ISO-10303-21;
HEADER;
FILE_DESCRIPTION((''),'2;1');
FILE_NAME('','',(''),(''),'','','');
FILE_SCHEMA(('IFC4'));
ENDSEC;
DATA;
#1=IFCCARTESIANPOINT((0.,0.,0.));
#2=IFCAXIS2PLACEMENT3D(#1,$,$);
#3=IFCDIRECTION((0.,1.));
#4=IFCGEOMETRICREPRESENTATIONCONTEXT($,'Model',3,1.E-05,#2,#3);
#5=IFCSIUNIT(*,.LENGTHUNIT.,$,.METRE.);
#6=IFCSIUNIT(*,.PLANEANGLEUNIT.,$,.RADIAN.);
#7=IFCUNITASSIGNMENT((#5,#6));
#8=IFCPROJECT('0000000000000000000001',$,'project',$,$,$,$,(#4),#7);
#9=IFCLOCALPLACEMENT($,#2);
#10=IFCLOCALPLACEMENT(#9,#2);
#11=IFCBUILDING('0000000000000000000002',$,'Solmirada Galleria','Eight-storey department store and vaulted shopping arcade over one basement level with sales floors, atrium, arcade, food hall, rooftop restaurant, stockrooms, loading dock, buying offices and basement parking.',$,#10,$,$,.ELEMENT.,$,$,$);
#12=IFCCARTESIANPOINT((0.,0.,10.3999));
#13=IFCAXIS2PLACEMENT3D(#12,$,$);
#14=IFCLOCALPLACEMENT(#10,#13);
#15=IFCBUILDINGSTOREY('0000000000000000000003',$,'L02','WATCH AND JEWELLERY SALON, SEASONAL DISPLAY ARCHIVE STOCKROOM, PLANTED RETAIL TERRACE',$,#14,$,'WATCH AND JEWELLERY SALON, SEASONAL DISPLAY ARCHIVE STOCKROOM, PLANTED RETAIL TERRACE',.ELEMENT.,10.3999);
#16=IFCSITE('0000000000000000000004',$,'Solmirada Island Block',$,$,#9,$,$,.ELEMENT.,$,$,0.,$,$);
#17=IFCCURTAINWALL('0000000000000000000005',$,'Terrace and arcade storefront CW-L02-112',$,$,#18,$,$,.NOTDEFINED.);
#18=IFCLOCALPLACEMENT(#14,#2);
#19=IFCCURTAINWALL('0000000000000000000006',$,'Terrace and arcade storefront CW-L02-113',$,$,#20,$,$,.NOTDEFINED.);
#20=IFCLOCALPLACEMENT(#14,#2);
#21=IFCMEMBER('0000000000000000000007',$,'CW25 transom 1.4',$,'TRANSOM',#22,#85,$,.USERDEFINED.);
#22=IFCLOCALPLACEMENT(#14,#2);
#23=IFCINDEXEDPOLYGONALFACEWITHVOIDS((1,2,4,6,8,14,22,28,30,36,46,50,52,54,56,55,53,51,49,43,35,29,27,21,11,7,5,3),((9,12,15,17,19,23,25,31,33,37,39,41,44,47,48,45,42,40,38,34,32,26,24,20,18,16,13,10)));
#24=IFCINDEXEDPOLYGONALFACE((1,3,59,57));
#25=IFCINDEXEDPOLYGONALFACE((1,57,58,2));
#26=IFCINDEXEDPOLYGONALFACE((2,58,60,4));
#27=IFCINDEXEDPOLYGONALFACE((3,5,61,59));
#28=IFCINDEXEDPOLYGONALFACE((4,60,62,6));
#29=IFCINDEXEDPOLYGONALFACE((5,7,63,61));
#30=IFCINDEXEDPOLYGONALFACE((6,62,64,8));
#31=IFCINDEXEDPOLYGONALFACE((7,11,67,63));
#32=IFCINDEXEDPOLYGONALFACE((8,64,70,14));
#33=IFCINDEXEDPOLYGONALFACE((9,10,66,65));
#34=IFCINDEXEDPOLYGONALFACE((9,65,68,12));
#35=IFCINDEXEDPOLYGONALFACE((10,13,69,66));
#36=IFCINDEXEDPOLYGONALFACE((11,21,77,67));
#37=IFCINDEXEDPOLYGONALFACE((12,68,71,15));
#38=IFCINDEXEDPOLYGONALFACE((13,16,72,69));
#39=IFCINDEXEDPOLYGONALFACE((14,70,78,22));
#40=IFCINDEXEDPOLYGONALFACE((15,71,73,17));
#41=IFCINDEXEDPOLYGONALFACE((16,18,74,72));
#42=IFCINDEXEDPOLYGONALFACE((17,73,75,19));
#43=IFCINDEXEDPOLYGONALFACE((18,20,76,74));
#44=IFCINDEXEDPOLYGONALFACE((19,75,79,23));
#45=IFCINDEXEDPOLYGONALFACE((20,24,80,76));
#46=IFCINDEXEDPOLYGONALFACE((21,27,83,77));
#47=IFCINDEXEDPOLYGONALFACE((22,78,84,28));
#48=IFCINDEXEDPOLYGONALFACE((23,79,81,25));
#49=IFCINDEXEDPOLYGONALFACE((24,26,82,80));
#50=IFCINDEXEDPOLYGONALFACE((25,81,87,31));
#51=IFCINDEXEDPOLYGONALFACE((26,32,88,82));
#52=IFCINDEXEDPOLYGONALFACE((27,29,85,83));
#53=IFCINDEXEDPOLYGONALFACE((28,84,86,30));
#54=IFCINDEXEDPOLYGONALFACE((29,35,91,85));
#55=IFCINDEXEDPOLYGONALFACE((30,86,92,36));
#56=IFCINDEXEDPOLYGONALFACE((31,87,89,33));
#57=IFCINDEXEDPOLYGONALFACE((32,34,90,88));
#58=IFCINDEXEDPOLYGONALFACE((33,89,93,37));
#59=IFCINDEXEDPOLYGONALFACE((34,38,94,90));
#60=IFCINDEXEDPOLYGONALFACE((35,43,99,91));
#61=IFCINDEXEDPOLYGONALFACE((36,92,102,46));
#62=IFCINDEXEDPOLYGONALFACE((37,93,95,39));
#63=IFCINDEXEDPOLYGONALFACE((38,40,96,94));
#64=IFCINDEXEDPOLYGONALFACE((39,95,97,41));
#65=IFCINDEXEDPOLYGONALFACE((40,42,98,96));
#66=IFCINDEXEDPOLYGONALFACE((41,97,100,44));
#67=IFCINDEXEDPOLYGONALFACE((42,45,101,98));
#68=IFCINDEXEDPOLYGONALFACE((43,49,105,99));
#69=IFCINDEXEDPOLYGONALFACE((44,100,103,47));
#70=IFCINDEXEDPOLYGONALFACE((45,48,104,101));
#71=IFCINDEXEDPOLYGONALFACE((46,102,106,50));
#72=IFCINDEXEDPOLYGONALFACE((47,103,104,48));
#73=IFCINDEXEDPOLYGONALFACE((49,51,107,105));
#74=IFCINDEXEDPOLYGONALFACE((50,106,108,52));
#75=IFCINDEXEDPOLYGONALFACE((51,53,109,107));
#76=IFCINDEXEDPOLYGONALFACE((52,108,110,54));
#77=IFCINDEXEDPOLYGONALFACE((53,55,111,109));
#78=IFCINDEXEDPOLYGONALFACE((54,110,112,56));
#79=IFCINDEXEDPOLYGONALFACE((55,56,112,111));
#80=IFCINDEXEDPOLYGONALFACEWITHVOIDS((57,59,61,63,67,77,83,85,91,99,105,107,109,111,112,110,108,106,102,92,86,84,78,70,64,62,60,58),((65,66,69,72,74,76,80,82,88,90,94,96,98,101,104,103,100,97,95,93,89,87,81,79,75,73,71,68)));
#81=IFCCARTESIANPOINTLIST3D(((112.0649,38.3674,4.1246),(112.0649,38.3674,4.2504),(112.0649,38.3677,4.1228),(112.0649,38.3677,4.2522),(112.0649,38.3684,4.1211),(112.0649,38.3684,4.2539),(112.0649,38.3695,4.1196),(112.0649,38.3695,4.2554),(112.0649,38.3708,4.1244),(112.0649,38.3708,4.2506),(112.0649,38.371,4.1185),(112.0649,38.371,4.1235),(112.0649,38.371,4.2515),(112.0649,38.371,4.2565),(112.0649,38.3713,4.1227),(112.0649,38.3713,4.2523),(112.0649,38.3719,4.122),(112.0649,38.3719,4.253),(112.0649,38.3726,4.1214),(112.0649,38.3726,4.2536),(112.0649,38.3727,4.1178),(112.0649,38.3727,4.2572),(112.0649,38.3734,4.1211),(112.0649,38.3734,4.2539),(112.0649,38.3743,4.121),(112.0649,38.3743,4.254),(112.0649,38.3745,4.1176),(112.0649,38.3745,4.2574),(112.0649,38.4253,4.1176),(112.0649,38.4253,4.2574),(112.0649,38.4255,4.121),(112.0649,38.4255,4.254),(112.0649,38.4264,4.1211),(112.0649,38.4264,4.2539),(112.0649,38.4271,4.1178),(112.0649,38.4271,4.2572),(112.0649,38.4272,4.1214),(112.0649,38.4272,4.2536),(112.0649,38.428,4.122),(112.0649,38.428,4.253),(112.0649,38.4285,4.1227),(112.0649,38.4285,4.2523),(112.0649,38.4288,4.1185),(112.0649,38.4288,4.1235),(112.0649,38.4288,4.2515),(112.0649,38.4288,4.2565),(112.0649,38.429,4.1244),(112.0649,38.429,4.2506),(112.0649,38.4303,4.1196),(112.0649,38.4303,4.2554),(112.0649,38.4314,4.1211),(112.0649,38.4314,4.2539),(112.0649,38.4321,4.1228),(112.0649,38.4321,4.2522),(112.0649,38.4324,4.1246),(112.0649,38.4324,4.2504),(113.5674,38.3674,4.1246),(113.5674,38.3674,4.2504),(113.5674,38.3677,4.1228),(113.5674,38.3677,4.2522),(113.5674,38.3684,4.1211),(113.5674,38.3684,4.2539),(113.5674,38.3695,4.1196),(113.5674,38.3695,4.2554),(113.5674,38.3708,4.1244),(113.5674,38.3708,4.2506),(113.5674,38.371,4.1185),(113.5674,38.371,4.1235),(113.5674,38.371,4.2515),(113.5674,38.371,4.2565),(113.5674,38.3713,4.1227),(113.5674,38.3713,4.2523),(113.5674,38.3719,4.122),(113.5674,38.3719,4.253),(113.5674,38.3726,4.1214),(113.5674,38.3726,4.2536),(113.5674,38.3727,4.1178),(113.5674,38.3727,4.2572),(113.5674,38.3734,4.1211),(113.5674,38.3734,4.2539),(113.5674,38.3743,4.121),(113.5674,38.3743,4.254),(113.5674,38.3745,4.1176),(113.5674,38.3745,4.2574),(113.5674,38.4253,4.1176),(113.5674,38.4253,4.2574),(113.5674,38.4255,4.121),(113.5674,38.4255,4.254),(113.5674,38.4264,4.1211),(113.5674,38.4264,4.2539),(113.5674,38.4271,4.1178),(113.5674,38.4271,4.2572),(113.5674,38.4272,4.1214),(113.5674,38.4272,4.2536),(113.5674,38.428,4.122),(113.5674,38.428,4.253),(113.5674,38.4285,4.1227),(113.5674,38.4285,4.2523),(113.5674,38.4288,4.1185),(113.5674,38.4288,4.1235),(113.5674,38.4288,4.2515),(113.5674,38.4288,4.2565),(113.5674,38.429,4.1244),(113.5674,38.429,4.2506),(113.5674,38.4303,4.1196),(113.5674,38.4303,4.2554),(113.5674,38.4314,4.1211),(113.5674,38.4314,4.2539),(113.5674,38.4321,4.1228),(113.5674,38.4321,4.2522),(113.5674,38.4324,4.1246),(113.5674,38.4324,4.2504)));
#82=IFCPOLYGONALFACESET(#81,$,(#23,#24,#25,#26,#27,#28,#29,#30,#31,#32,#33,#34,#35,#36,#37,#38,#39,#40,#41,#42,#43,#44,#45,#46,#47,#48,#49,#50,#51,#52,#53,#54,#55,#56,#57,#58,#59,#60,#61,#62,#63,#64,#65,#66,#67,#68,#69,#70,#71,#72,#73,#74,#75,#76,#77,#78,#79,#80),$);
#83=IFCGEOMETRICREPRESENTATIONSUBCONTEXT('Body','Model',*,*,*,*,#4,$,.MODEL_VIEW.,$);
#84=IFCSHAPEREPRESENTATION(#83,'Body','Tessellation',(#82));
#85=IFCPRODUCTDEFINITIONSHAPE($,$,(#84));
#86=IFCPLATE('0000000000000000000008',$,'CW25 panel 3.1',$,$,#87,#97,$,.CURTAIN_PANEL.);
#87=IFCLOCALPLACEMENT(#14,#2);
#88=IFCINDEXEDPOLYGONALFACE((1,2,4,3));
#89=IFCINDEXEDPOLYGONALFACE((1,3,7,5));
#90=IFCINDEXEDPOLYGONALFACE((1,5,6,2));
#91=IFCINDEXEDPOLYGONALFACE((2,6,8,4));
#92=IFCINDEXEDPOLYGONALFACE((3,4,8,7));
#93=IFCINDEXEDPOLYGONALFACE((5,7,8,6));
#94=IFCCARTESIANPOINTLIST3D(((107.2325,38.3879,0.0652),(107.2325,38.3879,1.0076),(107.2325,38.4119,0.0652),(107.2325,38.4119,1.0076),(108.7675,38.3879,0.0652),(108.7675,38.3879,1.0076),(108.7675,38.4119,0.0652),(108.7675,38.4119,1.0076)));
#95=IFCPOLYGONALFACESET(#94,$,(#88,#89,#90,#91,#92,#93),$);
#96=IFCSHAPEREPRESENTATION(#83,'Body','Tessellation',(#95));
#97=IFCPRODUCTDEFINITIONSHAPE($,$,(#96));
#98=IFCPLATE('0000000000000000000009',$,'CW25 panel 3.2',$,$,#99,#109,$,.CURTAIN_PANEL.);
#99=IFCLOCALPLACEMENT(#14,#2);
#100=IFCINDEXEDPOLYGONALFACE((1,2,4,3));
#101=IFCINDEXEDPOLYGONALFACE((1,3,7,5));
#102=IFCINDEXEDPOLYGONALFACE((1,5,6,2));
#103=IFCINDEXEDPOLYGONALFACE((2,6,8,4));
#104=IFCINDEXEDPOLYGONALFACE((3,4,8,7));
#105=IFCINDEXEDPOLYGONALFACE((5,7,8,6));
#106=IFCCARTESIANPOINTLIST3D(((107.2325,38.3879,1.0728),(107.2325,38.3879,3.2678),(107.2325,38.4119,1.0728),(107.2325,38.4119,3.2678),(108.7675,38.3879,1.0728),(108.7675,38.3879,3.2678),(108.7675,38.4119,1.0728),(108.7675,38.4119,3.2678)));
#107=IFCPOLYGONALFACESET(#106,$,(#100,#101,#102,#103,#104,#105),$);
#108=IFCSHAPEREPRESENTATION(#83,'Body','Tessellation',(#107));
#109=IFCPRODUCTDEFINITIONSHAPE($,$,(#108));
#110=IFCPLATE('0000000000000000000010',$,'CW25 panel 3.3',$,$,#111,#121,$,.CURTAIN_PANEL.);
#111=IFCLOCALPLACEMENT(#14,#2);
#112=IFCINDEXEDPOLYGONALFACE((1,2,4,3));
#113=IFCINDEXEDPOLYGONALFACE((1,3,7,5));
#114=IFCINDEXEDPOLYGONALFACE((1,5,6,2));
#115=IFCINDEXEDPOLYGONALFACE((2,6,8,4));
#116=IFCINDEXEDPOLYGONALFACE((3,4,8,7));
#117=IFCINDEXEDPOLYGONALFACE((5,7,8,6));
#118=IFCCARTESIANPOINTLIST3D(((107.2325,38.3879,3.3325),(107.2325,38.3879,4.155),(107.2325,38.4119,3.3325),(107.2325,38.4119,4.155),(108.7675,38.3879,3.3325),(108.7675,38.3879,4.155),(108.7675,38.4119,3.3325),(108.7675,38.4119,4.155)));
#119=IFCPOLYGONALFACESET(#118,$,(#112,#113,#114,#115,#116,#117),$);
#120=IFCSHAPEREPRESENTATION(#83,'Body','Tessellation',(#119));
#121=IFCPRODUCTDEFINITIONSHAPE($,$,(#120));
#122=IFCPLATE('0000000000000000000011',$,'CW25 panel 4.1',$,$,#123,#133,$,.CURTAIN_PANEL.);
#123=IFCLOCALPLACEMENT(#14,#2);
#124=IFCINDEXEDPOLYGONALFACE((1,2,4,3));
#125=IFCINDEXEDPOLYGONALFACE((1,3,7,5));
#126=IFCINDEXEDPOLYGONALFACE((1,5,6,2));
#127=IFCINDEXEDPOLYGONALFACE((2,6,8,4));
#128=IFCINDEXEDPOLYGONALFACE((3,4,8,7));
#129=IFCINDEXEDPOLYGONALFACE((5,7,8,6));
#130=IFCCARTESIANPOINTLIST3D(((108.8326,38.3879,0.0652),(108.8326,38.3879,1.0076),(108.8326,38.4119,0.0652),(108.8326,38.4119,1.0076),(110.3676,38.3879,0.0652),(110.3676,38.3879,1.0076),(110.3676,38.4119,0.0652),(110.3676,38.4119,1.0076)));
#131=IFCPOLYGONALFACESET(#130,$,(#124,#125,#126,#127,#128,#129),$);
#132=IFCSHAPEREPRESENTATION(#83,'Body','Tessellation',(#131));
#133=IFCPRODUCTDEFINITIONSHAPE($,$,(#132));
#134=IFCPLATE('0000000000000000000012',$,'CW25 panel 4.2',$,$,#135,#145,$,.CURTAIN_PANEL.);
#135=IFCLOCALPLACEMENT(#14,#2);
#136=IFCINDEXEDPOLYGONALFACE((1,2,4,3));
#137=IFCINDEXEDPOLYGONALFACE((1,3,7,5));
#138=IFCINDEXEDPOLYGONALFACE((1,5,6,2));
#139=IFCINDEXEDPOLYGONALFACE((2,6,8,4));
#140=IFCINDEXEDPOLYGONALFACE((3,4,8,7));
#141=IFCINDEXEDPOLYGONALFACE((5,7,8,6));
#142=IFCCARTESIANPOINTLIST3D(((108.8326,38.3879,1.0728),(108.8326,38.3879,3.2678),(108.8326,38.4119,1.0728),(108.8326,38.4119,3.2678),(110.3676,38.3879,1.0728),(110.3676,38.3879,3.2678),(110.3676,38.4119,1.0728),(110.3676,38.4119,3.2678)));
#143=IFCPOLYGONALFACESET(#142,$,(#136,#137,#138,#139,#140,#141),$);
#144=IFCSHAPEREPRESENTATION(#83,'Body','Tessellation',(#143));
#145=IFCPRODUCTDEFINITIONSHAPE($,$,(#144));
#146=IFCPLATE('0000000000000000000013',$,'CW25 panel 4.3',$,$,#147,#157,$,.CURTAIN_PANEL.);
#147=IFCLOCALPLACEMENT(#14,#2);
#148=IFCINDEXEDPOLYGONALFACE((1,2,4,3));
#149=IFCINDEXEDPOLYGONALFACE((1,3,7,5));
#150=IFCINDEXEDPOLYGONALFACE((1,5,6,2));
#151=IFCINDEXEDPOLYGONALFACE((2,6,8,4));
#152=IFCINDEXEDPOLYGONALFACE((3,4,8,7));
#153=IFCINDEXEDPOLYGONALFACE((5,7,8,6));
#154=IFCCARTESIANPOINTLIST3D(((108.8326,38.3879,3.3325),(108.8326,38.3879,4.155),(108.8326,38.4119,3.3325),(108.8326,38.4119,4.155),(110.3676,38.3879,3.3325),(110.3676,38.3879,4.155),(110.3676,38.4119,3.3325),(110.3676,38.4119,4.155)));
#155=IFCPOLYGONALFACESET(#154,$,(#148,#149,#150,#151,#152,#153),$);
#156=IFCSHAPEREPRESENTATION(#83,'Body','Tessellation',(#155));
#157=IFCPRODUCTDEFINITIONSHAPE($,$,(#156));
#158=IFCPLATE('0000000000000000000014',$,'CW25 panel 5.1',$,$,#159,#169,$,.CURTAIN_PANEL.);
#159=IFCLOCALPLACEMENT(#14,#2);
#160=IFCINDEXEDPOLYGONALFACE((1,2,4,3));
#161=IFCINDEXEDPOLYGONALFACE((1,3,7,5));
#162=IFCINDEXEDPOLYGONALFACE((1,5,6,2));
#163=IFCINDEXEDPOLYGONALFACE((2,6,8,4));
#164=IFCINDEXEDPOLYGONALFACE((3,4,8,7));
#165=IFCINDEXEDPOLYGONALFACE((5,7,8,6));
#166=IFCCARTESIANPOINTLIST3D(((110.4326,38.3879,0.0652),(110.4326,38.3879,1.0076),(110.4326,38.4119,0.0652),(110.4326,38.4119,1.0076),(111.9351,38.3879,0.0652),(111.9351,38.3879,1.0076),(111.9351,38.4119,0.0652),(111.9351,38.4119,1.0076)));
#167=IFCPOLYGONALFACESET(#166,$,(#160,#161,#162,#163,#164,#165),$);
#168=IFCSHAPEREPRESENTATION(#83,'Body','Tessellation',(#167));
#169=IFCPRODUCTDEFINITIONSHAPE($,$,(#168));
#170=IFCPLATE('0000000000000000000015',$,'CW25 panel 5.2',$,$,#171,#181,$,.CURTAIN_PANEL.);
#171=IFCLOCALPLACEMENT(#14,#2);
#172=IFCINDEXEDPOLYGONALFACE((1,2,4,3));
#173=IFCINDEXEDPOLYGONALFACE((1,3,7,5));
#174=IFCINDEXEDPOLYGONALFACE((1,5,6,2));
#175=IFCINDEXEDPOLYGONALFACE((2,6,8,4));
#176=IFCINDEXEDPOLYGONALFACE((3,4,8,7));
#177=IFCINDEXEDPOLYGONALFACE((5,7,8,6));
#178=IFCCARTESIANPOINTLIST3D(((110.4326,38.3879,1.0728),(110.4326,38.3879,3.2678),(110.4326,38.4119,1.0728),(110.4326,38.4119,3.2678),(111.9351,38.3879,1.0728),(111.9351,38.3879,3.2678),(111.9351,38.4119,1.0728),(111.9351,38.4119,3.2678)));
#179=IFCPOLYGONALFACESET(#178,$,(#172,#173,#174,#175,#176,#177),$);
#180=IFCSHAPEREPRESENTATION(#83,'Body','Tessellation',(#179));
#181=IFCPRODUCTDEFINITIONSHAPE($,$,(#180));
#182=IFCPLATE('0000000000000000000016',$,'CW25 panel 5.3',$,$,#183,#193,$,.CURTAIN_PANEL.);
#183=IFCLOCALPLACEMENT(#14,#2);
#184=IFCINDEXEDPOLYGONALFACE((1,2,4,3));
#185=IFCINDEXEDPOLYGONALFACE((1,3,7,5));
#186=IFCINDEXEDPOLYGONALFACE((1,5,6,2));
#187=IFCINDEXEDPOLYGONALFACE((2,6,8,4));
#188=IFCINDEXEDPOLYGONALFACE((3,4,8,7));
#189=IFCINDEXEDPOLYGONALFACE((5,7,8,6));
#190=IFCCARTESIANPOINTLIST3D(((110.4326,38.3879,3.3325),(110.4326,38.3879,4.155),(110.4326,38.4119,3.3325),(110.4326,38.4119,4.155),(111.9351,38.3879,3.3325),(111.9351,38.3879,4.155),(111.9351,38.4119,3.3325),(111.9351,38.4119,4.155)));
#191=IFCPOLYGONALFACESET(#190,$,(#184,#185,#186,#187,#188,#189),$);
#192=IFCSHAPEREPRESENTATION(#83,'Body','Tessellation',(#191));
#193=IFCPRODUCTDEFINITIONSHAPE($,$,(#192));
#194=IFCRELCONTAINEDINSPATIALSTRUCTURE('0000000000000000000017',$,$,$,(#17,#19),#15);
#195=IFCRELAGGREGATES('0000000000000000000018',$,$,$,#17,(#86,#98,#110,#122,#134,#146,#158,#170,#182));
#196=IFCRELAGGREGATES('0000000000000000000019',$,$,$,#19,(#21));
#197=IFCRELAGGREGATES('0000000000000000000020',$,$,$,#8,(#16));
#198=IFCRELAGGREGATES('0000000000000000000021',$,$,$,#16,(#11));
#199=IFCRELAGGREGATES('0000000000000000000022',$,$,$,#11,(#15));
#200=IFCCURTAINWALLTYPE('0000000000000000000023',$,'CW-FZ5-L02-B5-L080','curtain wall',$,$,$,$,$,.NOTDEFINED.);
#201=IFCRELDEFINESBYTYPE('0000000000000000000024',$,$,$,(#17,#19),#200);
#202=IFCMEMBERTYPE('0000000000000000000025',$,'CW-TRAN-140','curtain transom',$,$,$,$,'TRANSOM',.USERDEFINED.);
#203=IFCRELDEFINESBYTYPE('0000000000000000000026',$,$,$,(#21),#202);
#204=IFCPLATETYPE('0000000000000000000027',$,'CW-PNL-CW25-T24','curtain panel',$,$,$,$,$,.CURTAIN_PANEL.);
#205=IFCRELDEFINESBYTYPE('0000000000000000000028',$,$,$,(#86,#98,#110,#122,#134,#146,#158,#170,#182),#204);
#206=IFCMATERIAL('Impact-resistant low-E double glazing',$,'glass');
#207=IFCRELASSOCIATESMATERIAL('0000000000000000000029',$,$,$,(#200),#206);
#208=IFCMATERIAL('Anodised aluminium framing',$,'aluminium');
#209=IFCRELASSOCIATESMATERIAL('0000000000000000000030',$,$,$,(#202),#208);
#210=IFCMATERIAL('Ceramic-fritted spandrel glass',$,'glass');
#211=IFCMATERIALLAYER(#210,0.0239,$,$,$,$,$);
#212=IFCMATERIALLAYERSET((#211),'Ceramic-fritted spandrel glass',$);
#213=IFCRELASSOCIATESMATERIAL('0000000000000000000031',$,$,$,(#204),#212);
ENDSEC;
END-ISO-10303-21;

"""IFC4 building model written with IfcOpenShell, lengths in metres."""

from ifc_helpers import new_model, si_unit, direction, frame, origin, origin_2d, place, context, subcontext, project, spatial, rectangle, hollow_rectangle, extrude, material, layer, layer_set, material_profile, profile_set, type_object, element, aggregate, save


model = new_model("IFC4")

# Units and contexts
model_context = context("Model", 3, precision=1e-05, world=origin(), true_north=direction((0.0, 1.0)))
body_context = subcontext(model_context, "Body", "Model", "MODEL_VIEW")
ifc_project = project(units=[si_unit("LENGTHUNIT", "METRE"), si_unit("PLANEANGLEUNIT", "RADIAN")], contexts=[model_context])

# Site, building, storey
site_placement = place(None, origin())
site = spatial("IfcSite", under=ifc_project, at=site_placement, Name="Solmirada Island Block", CompositionType="ELEMENT", RefElevation=0.0)
building_placement = place(site_placement, origin())
building = spatial("IfcBuilding", under=site, at=building_placement, Name="Solmirada Galleria", Description="Eight-storey department store and vaulted shopping arcade over one basement level with sales floors, atrium, arcade, food hall, rooftop restaurant, stockrooms, loading dock, buying offices and basement parking.", CompositionType="ELEMENT")
storey_placement = place(building_placement, frame((0.0, 0.0, 10.3999)))
storey = spatial("IfcBuildingStorey", under=building, at=storey_placement, Name="L02", Description="WATCH AND JEWELLERY SALON, SEASONAL DISPLAY ARCHIVE STOCKROOM, PLANTED RETAIL TERRACE", LongName="WATCH AND JEWELLERY SALON, SEASONAL DISPLAY ARCHIVE STOCKROOM, PLANTED RETAIL TERRACE", CompositionType="ELEMENT", Elevation=10.3999)

# Curtain wall
ifc_material_1 = material(Name="Impact-resistant low-E double glazing", Category="glass")
curtain_wall_type = type_object("IfcCurtainWallType", Name="CW-FZ5-L02-B5-L080", Description="curtain wall", PredefinedType="NOTDEFINED", material=ifc_material_1)
curtain_wall_1_placement = place(storey_placement, origin())
curtain_wall_1 = element("IfcCurtainWall", 1, at=curtain_wall_1_placement, inside=storey, type_object=curtain_wall_type, Name="Terrace and arcade storefront CW-L02-112", PredefinedType="NOTDEFINED")
ifc_material_2 = material(Name="Anodised aluminium framing", Category="aluminium")

# Curtain wall
curtain_wall_2_placement = place(storey_placement, origin())
curtain_wall_2 = element("IfcCurtainWall", 2, at=curtain_wall_2_placement, inside=storey, type_object=curtain_wall_type, Name="Terrace and arcade storefront CW-L02-113", PredefinedType="NOTDEFINED")

# Member
ifc_material_profile_1 = material_profile(ifc_material_2, hollow_rectangle(XDim=0.0649, YDim=0.1399, WallThickness=0.0034, InnerFilletRadius=0.0034, OuterFilletRadius=0.0071, at=origin_2d()), Name="ALU-TRAN-140X65")
ifc_profile_set_1 = profile_set([ifc_material_profile_1], Name="Anodised aluminium framing")
member_type_1 = type_object("IfcMemberType", Name="CW-TRAN-140", Description="curtain transom", ElementType="TRANSOM", PredefinedType="USERDEFINED", material=ifc_profile_set_1)
member_1_placement = place(storey_placement, frame((112.0649, 38.3999, 4.1875), z_axis=(1.0, 0.0, 0.0), x_axis=(0.0, 1.0, 0.0)))
member_1 = element("IfcMember", 3, at=member_1_placement, type_object=member_type_1, Name="CW25 transom 1.4", ObjectType="TRANSOM", PredefinedType="USERDEFINED", context=body_context, shape_type="SweptSolid", body=[
    extrude(hollow_rectangle(XDim=0.0649, YDim=0.1399, WallThickness=0.0034, InnerFilletRadius=0.0034, OuterFilletRadius=0.0071, at=origin_2d()), origin(), (0.0, 0.0, 1.0), 1.5024),
])

# Plates
ifc_material_3 = material(Name="Ceramic-fritted spandrel glass", Category="glass")
ifc_layer = layer(ifc_material_3, 0.0239)
ifc_layer_set = layer_set([ifc_layer], Name="Ceramic-fritted spandrel glass")
plate_type = type_object("IfcPlateType", Name="CW-PNL-CW25-T24", Description="curtain panel", PredefinedType="CURTAIN_PANEL", material=ifc_layer_set)
plate_1_placement = place(storey_placement, frame((108.0, 38.3999, 0.0652), z_axis=(0.0, 0.0, 1.0), x_axis=(1.0, 0.0, 0.0)))
plate_1 = element("IfcPlate", 4, at=plate_1_placement, type_object=plate_type, Name="CW25 panel 3.1", PredefinedType="CURTAIN_PANEL", context=body_context, shape_type="SweptSolid", body=[
    extrude(rectangle(XDim=1.5349, YDim=0.0239, at=origin_2d()), origin(), (0.0, 0.0, 1.0), 0.9424),
])
plate_2_placement = place(storey_placement, frame((108.0, 38.3999, 1.0728), z_axis=(0.0, 0.0, 1.0), x_axis=(1.0, 0.0, 0.0)))
plate_2 = element("IfcPlate", 5, at=plate_2_placement, type_object=plate_type, Name="CW25 panel 3.2", PredefinedType="CURTAIN_PANEL", context=body_context, shape_type="SweptSolid", body=[
    extrude(rectangle(XDim=1.5349, YDim=0.0239, at=origin_2d()), origin(), (0.0, 0.0, 1.0), 2.1951),
])
plate_3_placement = place(storey_placement, frame((108.0, 38.3999, 3.3325), z_axis=(0.0, 0.0, 1.0), x_axis=(1.0, 0.0, 0.0)))
plate_3 = element("IfcPlate", 6, at=plate_3_placement, type_object=plate_type, Name="CW25 panel 3.3", PredefinedType="CURTAIN_PANEL", context=body_context, shape_type="SweptSolid", body=[
    extrude(rectangle(XDim=1.5349, YDim=0.0239, at=origin_2d()), origin(), (0.0, 0.0, 1.0), 0.8225),
])
plate_4_placement = place(storey_placement, frame((109.6001, 38.3999, 0.0652), z_axis=(0.0, 0.0, 1.0), x_axis=(1.0, 0.0, 0.0)))
plate_4 = element("IfcPlate", 7, at=plate_4_placement, type_object=plate_type, Name="CW25 panel 4.1", PredefinedType="CURTAIN_PANEL", context=body_context, shape_type="SweptSolid", body=[
    extrude(rectangle(XDim=1.5349, YDim=0.0239, at=origin_2d()), origin(), (0.0, 0.0, 1.0), 0.9424),
])
plate_5_placement = place(storey_placement, frame((109.6001, 38.3999, 1.0728), z_axis=(0.0, 0.0, 1.0), x_axis=(1.0, 0.0, 0.0)))
plate_5 = element("IfcPlate", 8, at=plate_5_placement, type_object=plate_type, Name="CW25 panel 4.2", PredefinedType="CURTAIN_PANEL", context=body_context, shape_type="SweptSolid", body=[
    extrude(rectangle(XDim=1.5349, YDim=0.0239, at=origin_2d()), origin(), (0.0, 0.0, 1.0), 2.1951),
])
plate_6_placement = place(storey_placement, frame((109.6001, 38.3999, 3.3325), z_axis=(0.0, 0.0, 1.0), x_axis=(1.0, 0.0, 0.0)))
plate_6 = element("IfcPlate", 9, at=plate_6_placement, type_object=plate_type, Name="CW25 panel 4.3", PredefinedType="CURTAIN_PANEL", context=body_context, shape_type="SweptSolid", body=[
    extrude(rectangle(XDim=1.5349, YDim=0.0239, at=origin_2d()), origin(), (0.0, 0.0, 1.0), 0.8225),
])
plate_7_placement = place(storey_placement, frame((111.1838, 38.3999, 0.0652), z_axis=(0.0, 0.0, 1.0), x_axis=(1.0, 0.0, 0.0)))
plate_7 = element("IfcPlate", 10, at=plate_7_placement, type_object=plate_type, Name="CW25 panel 5.1", PredefinedType="CURTAIN_PANEL", context=body_context, shape_type="SweptSolid", body=[
    extrude(rectangle(XDim=1.5024, YDim=0.0239, at=origin_2d()), origin(), (0.0, 0.0, 1.0), 0.9424),
])
plate_8_placement = place(storey_placement, frame((111.1838, 38.3999, 1.0728), z_axis=(0.0, 0.0, 1.0), x_axis=(1.0, 0.0, 0.0)))
plate_8 = element("IfcPlate", 11, at=plate_8_placement, type_object=plate_type, Name="CW25 panel 5.2", PredefinedType="CURTAIN_PANEL", context=body_context, shape_type="SweptSolid", body=[
    extrude(rectangle(XDim=1.5024, YDim=0.0239, at=origin_2d()), origin(), (0.0, 0.0, 1.0), 2.1951),
])
plate_9_placement = place(storey_placement, frame((111.1838, 38.3999, 3.3325), z_axis=(0.0, 0.0, 1.0), x_axis=(1.0, 0.0, 0.0)))
plate_9 = element("IfcPlate", 12, at=plate_9_placement, type_object=plate_type, Name="CW25 panel 5.3", PredefinedType="CURTAIN_PANEL", context=body_context, shape_type="SweptSolid", body=[
    extrude(rectangle(XDim=1.5024, YDim=0.0239, at=origin_2d()), origin(), (0.0, 0.0, 1.0), 0.8225),
])
aggregate(curtain_wall_1, [plate_1, plate_2, plate_3, plate_4, plate_5, plate_6, plate_7, plate_8, plate_9])
aggregate(curtain_wall_2, [member_1])

save(model, "model.ifc")
